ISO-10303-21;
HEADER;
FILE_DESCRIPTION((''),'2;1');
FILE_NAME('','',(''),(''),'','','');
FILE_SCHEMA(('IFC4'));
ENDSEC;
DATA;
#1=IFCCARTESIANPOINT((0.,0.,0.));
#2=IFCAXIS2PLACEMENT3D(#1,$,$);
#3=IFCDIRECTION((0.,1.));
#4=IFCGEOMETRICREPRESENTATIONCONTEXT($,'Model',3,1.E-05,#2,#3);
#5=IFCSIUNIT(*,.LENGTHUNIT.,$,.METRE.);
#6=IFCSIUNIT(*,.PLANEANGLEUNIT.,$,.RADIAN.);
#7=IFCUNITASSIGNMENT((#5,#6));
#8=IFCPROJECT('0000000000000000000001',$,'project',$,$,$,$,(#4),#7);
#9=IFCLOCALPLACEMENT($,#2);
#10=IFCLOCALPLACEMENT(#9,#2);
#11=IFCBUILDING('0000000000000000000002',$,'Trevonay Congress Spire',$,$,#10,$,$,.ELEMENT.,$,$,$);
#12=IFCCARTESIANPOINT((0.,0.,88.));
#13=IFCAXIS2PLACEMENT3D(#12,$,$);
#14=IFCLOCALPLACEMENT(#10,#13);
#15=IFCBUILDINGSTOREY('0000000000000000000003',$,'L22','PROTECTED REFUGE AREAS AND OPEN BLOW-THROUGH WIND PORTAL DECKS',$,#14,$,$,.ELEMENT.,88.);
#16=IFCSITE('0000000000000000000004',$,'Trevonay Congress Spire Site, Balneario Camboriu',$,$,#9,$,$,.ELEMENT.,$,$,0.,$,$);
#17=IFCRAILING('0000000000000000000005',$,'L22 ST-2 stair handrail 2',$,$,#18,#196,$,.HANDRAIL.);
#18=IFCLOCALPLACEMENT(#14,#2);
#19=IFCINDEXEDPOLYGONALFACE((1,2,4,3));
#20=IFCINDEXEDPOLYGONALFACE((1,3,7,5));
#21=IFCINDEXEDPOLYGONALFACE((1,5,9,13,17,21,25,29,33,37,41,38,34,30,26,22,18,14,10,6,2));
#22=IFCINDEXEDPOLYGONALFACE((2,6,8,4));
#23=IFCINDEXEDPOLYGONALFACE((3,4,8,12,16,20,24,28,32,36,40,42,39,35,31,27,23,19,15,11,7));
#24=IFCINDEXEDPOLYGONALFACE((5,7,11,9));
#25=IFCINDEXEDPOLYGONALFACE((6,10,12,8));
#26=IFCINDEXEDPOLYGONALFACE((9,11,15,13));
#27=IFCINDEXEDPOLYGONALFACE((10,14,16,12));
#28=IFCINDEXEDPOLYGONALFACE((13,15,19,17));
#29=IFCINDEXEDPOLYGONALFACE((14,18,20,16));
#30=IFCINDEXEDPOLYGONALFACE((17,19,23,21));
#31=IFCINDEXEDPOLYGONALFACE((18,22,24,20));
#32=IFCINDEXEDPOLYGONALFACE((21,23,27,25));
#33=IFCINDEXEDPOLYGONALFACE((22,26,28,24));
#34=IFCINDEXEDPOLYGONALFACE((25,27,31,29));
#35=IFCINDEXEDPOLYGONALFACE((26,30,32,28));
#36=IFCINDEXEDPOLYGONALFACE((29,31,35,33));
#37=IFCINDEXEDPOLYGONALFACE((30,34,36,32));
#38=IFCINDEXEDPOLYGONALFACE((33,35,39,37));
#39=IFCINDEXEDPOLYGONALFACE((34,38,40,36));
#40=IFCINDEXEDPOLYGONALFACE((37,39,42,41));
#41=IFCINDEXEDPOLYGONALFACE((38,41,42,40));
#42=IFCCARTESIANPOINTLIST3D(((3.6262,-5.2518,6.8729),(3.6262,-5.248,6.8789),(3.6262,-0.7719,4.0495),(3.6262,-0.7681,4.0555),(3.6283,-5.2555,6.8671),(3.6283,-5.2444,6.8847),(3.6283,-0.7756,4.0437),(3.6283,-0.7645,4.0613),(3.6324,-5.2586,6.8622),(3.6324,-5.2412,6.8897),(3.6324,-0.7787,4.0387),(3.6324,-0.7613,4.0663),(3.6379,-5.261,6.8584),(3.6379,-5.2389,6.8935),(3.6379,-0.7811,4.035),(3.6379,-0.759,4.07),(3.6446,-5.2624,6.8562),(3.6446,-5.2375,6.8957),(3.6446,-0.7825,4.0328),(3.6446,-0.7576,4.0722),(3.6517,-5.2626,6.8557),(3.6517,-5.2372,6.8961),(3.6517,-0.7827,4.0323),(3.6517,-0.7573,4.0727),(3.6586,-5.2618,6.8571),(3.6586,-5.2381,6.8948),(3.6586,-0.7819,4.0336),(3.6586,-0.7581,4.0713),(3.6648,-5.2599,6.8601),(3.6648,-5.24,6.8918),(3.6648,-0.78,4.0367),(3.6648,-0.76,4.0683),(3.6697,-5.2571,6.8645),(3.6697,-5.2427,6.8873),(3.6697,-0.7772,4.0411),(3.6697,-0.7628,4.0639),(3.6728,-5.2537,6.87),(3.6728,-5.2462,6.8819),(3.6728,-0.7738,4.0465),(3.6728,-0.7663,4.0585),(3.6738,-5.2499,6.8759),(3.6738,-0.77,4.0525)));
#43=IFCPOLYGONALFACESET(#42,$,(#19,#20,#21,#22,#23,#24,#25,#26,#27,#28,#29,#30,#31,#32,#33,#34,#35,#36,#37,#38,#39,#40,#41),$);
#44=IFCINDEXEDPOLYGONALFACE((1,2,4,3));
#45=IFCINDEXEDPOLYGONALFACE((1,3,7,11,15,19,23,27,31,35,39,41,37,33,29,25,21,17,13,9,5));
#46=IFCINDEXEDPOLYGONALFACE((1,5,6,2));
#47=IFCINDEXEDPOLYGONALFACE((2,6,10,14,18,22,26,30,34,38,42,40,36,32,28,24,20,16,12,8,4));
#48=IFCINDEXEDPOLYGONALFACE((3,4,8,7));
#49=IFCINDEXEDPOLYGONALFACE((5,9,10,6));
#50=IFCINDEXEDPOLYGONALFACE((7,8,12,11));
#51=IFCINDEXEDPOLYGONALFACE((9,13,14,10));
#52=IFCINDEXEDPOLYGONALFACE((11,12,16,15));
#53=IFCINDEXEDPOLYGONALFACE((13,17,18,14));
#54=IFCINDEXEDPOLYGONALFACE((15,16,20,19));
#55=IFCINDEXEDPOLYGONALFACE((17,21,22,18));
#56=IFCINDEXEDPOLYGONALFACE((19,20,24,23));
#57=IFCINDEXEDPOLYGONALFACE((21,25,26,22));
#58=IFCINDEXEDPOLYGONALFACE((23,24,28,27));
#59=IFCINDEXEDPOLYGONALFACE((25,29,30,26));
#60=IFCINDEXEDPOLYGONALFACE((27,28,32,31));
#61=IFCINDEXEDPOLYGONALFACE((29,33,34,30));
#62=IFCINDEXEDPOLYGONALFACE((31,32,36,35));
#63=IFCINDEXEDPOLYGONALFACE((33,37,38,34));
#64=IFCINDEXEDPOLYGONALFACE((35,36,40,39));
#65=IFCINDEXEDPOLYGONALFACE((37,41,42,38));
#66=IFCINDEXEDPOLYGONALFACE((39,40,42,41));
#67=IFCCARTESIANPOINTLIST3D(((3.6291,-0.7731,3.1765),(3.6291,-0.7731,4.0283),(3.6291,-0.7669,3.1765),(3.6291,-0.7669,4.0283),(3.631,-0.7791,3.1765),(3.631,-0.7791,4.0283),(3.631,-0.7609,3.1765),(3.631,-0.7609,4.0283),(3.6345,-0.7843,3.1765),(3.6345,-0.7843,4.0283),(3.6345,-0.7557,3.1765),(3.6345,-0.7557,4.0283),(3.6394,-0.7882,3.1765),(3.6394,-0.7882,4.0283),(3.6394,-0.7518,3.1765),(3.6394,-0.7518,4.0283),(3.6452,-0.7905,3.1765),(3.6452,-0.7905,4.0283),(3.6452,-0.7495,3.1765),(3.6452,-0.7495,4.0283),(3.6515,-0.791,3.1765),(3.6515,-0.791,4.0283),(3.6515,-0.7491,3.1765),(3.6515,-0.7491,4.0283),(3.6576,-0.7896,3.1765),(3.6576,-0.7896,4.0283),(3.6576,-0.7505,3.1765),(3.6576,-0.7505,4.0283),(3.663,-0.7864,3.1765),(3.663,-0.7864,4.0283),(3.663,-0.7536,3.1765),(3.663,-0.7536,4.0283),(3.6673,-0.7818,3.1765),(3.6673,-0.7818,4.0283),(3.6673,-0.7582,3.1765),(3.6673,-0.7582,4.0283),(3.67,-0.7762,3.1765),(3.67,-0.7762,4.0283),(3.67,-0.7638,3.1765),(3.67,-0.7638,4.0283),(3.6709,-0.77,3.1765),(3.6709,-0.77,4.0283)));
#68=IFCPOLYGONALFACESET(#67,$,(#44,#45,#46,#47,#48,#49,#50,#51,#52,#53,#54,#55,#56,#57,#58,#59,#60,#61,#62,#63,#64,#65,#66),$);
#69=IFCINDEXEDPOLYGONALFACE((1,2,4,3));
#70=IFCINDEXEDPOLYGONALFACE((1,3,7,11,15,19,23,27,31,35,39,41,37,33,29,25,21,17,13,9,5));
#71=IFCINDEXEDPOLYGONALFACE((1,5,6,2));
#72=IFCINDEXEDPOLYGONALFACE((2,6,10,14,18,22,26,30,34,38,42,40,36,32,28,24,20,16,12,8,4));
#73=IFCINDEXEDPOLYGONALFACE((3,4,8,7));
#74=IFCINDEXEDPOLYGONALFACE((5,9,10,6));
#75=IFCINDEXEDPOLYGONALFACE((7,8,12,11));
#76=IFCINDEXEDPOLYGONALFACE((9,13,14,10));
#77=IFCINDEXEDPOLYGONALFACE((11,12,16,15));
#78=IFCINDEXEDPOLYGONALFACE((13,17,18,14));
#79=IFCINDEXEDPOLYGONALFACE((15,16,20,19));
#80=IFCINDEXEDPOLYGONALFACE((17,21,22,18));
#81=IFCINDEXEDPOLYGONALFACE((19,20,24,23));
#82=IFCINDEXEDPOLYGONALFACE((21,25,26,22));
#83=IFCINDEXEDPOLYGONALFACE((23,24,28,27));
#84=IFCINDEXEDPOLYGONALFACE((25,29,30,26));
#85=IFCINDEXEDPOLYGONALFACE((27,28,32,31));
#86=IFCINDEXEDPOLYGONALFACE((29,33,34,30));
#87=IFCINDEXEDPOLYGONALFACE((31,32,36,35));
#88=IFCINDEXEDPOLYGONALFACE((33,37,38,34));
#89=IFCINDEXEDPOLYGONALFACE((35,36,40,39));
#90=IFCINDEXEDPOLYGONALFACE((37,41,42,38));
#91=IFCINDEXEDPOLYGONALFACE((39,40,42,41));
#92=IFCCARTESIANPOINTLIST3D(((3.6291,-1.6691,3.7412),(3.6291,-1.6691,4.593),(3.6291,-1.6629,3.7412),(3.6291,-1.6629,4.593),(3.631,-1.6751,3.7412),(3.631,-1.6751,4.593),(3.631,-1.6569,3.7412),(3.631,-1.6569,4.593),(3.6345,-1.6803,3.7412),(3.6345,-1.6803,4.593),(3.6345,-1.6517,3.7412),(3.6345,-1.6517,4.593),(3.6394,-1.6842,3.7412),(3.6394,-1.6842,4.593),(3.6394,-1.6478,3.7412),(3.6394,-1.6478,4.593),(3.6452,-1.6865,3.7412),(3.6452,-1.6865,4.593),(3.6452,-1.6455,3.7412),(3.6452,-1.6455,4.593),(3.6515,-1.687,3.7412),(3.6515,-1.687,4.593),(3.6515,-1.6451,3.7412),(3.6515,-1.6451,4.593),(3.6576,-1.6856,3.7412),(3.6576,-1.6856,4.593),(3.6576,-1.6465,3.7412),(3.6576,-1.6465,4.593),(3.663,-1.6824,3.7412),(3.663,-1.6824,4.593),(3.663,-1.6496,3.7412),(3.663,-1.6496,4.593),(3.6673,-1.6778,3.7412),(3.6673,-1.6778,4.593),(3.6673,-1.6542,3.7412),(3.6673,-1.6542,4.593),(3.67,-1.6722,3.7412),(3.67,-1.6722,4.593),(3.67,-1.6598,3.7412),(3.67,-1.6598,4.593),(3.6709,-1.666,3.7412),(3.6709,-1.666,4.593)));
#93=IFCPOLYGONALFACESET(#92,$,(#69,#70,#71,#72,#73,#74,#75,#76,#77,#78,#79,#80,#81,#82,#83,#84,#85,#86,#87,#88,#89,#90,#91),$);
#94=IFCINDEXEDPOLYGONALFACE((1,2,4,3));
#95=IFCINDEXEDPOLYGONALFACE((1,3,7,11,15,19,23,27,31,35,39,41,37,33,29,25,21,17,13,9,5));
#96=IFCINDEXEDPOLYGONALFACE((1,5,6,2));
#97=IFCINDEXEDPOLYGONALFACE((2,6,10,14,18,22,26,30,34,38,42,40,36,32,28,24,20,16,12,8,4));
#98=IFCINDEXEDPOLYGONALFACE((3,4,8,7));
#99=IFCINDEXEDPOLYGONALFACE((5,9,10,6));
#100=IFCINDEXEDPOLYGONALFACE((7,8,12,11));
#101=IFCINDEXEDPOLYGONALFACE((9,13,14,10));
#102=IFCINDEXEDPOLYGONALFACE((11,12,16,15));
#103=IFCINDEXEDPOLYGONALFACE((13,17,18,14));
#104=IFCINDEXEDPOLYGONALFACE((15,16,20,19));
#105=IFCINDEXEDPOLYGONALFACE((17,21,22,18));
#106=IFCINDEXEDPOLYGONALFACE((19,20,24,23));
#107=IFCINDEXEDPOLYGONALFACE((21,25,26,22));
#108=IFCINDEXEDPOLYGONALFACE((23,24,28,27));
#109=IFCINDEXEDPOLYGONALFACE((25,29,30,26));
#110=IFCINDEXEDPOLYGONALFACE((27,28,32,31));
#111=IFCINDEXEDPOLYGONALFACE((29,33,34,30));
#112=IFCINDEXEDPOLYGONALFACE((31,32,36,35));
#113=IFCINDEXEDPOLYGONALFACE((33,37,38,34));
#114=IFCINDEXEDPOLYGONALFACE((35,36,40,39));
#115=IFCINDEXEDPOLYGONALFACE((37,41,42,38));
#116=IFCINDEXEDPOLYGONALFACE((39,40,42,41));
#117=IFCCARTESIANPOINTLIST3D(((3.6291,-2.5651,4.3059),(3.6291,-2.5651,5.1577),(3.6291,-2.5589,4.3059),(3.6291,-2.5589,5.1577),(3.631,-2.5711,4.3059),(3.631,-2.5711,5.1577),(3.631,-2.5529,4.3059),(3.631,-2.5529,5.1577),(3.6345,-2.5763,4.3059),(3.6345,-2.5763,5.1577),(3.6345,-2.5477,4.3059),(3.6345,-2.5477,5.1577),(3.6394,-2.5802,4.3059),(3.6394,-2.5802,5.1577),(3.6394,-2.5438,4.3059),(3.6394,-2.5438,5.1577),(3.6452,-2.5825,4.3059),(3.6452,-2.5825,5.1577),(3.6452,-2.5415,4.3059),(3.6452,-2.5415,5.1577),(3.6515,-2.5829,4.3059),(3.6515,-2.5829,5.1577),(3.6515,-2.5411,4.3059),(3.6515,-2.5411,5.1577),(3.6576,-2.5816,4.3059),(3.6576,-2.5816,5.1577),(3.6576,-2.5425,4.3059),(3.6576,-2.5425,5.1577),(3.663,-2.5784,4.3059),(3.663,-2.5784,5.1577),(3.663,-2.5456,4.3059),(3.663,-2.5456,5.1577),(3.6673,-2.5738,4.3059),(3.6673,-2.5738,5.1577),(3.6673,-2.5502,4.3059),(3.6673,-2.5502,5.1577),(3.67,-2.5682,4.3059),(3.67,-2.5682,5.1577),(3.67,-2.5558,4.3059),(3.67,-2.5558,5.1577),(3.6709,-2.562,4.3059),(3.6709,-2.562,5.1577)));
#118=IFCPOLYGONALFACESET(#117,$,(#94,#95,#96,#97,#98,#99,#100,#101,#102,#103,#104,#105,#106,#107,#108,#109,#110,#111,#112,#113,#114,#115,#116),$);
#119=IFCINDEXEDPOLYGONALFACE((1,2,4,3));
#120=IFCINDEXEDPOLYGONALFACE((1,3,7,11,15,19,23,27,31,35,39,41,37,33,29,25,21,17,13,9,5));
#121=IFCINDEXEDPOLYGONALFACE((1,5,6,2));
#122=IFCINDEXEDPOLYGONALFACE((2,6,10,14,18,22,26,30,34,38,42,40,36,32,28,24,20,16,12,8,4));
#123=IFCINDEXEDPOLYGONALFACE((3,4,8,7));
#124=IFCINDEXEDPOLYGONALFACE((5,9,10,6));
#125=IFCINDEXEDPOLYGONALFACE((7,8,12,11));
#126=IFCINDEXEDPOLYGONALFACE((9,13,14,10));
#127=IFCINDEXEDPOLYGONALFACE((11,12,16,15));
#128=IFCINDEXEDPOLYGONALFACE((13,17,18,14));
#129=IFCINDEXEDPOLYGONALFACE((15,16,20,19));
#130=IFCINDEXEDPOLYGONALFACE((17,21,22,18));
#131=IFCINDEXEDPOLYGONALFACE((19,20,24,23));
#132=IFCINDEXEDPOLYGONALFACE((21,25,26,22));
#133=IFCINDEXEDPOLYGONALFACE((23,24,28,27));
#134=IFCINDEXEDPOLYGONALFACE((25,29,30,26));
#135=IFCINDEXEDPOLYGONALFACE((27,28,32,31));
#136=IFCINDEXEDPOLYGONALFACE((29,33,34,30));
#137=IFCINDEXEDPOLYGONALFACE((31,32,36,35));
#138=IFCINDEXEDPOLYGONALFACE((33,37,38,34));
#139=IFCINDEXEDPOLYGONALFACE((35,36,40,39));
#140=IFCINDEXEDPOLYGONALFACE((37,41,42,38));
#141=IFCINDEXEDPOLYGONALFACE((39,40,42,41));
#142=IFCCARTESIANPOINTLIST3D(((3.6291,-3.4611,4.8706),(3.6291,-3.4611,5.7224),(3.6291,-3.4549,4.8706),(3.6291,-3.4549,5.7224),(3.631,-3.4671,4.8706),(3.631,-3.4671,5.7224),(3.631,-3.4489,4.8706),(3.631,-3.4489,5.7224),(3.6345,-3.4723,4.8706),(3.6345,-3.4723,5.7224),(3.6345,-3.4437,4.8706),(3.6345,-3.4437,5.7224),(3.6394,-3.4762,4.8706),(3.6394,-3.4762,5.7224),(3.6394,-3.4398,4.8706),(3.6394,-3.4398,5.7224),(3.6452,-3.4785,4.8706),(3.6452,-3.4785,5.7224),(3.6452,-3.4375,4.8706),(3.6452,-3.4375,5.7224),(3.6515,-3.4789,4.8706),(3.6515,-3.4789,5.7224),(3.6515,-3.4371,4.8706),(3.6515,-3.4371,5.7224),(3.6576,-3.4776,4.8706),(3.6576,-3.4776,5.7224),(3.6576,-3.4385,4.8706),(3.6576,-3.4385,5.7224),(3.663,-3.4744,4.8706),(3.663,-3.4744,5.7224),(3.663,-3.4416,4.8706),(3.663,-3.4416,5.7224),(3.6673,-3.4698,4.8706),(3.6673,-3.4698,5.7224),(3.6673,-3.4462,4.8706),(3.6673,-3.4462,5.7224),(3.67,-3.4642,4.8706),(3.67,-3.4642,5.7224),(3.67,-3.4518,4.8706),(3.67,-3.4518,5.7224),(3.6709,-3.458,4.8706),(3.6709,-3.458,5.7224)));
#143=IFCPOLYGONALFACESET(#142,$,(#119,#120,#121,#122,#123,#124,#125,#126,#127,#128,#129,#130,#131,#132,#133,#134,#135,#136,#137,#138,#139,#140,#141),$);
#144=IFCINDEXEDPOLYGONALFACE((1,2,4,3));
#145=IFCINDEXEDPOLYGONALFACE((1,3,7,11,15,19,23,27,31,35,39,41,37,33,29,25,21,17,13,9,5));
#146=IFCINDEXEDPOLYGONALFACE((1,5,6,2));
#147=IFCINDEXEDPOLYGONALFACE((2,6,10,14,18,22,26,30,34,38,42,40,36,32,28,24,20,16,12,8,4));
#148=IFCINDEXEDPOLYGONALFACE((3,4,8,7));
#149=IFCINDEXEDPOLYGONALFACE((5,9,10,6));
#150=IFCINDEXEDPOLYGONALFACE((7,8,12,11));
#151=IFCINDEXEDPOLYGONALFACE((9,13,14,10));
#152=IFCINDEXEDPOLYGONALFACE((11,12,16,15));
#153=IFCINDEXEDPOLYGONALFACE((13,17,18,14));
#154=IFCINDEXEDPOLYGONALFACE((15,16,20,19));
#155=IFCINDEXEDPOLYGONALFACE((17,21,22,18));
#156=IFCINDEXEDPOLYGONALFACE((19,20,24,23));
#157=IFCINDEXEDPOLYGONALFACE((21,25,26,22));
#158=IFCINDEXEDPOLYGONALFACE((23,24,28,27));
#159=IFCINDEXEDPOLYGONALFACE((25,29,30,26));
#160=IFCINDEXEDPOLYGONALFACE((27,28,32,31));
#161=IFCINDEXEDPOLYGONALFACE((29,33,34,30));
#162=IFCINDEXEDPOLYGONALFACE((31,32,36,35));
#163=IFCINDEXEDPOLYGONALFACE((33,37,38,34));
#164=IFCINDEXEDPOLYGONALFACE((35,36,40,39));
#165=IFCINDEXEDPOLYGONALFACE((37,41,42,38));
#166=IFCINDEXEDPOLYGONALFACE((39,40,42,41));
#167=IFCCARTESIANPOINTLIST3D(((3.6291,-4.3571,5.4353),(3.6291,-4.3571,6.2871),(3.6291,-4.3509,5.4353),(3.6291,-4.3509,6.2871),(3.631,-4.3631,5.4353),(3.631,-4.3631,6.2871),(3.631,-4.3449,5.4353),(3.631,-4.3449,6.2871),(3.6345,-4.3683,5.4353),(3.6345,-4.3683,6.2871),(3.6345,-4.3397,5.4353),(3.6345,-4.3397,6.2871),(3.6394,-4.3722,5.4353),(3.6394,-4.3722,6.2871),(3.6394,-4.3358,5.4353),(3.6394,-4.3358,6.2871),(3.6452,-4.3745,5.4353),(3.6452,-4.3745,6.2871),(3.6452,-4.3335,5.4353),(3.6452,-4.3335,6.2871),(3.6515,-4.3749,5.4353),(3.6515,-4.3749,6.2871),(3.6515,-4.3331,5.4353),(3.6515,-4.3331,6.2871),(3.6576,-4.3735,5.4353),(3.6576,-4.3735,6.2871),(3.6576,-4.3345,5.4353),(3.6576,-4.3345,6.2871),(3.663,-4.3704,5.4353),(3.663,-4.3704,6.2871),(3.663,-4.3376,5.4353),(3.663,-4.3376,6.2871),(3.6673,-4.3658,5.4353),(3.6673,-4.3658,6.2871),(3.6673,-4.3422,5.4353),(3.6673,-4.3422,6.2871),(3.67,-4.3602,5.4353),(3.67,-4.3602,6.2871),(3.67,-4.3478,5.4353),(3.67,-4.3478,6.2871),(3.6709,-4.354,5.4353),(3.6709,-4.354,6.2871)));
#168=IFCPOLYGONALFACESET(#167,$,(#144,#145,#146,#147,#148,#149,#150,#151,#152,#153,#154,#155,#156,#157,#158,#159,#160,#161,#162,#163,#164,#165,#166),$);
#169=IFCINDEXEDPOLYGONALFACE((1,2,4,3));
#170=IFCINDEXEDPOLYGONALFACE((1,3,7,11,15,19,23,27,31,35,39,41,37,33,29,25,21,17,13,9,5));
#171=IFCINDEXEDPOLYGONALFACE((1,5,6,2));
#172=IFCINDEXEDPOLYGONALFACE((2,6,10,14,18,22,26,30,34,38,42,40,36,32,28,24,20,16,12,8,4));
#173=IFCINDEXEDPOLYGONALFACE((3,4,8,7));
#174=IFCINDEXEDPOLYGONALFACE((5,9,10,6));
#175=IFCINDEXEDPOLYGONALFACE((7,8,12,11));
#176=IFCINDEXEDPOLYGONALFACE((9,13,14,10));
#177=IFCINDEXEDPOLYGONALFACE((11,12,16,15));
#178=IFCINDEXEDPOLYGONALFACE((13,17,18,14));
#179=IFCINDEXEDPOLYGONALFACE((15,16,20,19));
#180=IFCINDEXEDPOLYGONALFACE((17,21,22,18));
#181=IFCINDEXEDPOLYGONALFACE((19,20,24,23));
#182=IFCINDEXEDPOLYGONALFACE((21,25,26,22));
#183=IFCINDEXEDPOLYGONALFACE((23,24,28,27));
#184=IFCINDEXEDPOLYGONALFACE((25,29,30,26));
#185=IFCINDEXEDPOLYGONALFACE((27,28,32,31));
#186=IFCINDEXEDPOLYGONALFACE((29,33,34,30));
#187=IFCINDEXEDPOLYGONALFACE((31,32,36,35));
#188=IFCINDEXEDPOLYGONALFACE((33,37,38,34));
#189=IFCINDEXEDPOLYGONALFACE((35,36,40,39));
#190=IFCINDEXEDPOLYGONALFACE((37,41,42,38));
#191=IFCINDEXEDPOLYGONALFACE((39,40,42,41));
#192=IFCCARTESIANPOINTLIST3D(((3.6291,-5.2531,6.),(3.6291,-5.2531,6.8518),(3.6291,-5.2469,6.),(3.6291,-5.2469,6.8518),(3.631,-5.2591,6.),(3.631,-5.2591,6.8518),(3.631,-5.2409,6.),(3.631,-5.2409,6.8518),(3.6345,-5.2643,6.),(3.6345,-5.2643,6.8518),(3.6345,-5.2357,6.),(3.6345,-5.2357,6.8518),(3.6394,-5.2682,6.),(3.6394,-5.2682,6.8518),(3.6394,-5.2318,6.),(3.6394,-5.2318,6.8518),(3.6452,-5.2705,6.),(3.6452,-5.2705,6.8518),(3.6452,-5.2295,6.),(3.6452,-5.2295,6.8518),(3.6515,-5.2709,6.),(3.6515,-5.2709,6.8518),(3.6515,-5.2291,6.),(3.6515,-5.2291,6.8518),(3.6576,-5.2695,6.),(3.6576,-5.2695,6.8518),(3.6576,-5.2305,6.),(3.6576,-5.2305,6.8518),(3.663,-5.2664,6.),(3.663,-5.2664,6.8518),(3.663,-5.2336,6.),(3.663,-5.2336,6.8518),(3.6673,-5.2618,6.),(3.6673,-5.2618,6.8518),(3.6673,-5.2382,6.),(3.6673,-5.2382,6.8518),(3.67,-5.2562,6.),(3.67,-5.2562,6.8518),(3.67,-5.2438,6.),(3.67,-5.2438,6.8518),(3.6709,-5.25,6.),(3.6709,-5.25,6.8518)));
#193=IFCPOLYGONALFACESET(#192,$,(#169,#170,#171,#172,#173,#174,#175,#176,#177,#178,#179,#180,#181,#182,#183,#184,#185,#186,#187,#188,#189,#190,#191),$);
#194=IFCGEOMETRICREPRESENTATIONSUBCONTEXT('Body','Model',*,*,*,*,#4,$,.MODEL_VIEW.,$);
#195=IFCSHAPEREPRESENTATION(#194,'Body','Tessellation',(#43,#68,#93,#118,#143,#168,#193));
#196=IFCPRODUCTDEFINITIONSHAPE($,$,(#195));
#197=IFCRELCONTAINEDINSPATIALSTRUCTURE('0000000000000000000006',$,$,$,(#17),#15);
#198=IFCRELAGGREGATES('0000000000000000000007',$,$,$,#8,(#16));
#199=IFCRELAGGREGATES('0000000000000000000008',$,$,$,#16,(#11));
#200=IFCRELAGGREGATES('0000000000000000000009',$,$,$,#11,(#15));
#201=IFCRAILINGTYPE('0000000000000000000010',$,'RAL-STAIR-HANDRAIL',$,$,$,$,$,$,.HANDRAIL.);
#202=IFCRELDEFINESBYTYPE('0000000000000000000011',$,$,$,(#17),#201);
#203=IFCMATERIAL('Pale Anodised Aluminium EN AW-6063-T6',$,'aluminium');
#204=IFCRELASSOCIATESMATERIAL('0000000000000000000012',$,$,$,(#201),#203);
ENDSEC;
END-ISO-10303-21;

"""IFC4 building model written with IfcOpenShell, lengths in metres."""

from ifc_helpers import new_model, si_unit, direction, frame, origin, origin_2d, place, context, subcontext, project, spatial, circle, extrude, material, type_object, element, save


model = new_model("IFC4")

# Units and contexts
model_context = context("Model", 3, precision=1e-05, world=origin(), true_north=direction((0.0, 1.0)))
body_context = subcontext(model_context, "Body", "Model", "MODEL_VIEW")
ifc_project = project(units=[si_unit("LENGTHUNIT", "METRE"), si_unit("PLANEANGLEUNIT", "RADIAN")], contexts=[model_context])

# Site, building, storey
site_placement = place(None, origin())
site = spatial("IfcSite", under=ifc_project, at=site_placement, Name="Trevonay Congress Spire Site, Balneario Camboriu", CompositionType="ELEMENT", RefElevation=0.0)
building_placement = place(site_placement, origin())
building = spatial("IfcBuilding", under=site, at=building_placement, Name="Trevonay Congress Spire", CompositionType="ELEMENT")
storey_placement = place(building_placement, frame((0.0, 0.0, 88.0)))
storey = spatial("IfcBuildingStorey", under=building, at=storey_placement, Name="L22", Description="PROTECTED REFUGE AREAS AND OPEN BLOW-THROUGH WIND PORTAL DECKS", CompositionType="ELEMENT", Elevation=88.0)

# Shared definitions
ifc_material_1 = material(Name="Pale Anodised Aluminium EN AW-6063-T6", Category="aluminium")

# Railing
railing_type_1 = type_object("IfcRailingType", Name="RAL-STAIR-HANDRAIL", PredefinedType="HANDRAIL", material=ifc_material_1)
railing_1_placement = place(storey_placement, frame((3.6499, -0.77, 3.1765)))
element("IfcRailing", 1, at=railing_1_placement, inside=storey, type_object=railing_type_1, Name="L22 ST-2 stair handrail 2", PredefinedType="HANDRAIL", context=body_context, shape_type="SweptSolid", body=[
    extrude(circle(Radius=0.0239, at=origin_2d()), frame((0.0, 0.0, 0.876), z_axis=(0.0, -0.845998, 0.533186), x_axis=(1.0, 0.0, 0.0)), (0.0, 0.0, 1.0), 5.2954),
    extrude(circle(Radius=0.021, at=origin_2d()), origin(), (0.0, 0.0, 1.0), 0.8518),
    extrude(circle(Radius=0.021, at=origin_2d()), frame((0.0, -0.896, 0.5647)), (0.0, 0.0, 1.0), 0.8518),
    extrude(circle(Radius=0.021, at=origin_2d()), frame((0.0, -1.792, 1.1294)), (0.0, 0.0, 1.0), 0.8518),
    extrude(circle(Radius=0.021, at=origin_2d()), frame((0.0, -2.688, 1.6941)), (0.0, 0.0, 1.0), 0.8518),
    extrude(circle(Radius=0.021, at=origin_2d()), frame((0.0, -3.584, 2.2588)), (0.0, 0.0, 1.0), 0.8518),
    extrude(circle(Radius=0.021, at=origin_2d()), frame((0.0, -4.48, 2.8235)), (0.0, 0.0, 1.0), 0.8518),
])

save(model, "model.ifc")
